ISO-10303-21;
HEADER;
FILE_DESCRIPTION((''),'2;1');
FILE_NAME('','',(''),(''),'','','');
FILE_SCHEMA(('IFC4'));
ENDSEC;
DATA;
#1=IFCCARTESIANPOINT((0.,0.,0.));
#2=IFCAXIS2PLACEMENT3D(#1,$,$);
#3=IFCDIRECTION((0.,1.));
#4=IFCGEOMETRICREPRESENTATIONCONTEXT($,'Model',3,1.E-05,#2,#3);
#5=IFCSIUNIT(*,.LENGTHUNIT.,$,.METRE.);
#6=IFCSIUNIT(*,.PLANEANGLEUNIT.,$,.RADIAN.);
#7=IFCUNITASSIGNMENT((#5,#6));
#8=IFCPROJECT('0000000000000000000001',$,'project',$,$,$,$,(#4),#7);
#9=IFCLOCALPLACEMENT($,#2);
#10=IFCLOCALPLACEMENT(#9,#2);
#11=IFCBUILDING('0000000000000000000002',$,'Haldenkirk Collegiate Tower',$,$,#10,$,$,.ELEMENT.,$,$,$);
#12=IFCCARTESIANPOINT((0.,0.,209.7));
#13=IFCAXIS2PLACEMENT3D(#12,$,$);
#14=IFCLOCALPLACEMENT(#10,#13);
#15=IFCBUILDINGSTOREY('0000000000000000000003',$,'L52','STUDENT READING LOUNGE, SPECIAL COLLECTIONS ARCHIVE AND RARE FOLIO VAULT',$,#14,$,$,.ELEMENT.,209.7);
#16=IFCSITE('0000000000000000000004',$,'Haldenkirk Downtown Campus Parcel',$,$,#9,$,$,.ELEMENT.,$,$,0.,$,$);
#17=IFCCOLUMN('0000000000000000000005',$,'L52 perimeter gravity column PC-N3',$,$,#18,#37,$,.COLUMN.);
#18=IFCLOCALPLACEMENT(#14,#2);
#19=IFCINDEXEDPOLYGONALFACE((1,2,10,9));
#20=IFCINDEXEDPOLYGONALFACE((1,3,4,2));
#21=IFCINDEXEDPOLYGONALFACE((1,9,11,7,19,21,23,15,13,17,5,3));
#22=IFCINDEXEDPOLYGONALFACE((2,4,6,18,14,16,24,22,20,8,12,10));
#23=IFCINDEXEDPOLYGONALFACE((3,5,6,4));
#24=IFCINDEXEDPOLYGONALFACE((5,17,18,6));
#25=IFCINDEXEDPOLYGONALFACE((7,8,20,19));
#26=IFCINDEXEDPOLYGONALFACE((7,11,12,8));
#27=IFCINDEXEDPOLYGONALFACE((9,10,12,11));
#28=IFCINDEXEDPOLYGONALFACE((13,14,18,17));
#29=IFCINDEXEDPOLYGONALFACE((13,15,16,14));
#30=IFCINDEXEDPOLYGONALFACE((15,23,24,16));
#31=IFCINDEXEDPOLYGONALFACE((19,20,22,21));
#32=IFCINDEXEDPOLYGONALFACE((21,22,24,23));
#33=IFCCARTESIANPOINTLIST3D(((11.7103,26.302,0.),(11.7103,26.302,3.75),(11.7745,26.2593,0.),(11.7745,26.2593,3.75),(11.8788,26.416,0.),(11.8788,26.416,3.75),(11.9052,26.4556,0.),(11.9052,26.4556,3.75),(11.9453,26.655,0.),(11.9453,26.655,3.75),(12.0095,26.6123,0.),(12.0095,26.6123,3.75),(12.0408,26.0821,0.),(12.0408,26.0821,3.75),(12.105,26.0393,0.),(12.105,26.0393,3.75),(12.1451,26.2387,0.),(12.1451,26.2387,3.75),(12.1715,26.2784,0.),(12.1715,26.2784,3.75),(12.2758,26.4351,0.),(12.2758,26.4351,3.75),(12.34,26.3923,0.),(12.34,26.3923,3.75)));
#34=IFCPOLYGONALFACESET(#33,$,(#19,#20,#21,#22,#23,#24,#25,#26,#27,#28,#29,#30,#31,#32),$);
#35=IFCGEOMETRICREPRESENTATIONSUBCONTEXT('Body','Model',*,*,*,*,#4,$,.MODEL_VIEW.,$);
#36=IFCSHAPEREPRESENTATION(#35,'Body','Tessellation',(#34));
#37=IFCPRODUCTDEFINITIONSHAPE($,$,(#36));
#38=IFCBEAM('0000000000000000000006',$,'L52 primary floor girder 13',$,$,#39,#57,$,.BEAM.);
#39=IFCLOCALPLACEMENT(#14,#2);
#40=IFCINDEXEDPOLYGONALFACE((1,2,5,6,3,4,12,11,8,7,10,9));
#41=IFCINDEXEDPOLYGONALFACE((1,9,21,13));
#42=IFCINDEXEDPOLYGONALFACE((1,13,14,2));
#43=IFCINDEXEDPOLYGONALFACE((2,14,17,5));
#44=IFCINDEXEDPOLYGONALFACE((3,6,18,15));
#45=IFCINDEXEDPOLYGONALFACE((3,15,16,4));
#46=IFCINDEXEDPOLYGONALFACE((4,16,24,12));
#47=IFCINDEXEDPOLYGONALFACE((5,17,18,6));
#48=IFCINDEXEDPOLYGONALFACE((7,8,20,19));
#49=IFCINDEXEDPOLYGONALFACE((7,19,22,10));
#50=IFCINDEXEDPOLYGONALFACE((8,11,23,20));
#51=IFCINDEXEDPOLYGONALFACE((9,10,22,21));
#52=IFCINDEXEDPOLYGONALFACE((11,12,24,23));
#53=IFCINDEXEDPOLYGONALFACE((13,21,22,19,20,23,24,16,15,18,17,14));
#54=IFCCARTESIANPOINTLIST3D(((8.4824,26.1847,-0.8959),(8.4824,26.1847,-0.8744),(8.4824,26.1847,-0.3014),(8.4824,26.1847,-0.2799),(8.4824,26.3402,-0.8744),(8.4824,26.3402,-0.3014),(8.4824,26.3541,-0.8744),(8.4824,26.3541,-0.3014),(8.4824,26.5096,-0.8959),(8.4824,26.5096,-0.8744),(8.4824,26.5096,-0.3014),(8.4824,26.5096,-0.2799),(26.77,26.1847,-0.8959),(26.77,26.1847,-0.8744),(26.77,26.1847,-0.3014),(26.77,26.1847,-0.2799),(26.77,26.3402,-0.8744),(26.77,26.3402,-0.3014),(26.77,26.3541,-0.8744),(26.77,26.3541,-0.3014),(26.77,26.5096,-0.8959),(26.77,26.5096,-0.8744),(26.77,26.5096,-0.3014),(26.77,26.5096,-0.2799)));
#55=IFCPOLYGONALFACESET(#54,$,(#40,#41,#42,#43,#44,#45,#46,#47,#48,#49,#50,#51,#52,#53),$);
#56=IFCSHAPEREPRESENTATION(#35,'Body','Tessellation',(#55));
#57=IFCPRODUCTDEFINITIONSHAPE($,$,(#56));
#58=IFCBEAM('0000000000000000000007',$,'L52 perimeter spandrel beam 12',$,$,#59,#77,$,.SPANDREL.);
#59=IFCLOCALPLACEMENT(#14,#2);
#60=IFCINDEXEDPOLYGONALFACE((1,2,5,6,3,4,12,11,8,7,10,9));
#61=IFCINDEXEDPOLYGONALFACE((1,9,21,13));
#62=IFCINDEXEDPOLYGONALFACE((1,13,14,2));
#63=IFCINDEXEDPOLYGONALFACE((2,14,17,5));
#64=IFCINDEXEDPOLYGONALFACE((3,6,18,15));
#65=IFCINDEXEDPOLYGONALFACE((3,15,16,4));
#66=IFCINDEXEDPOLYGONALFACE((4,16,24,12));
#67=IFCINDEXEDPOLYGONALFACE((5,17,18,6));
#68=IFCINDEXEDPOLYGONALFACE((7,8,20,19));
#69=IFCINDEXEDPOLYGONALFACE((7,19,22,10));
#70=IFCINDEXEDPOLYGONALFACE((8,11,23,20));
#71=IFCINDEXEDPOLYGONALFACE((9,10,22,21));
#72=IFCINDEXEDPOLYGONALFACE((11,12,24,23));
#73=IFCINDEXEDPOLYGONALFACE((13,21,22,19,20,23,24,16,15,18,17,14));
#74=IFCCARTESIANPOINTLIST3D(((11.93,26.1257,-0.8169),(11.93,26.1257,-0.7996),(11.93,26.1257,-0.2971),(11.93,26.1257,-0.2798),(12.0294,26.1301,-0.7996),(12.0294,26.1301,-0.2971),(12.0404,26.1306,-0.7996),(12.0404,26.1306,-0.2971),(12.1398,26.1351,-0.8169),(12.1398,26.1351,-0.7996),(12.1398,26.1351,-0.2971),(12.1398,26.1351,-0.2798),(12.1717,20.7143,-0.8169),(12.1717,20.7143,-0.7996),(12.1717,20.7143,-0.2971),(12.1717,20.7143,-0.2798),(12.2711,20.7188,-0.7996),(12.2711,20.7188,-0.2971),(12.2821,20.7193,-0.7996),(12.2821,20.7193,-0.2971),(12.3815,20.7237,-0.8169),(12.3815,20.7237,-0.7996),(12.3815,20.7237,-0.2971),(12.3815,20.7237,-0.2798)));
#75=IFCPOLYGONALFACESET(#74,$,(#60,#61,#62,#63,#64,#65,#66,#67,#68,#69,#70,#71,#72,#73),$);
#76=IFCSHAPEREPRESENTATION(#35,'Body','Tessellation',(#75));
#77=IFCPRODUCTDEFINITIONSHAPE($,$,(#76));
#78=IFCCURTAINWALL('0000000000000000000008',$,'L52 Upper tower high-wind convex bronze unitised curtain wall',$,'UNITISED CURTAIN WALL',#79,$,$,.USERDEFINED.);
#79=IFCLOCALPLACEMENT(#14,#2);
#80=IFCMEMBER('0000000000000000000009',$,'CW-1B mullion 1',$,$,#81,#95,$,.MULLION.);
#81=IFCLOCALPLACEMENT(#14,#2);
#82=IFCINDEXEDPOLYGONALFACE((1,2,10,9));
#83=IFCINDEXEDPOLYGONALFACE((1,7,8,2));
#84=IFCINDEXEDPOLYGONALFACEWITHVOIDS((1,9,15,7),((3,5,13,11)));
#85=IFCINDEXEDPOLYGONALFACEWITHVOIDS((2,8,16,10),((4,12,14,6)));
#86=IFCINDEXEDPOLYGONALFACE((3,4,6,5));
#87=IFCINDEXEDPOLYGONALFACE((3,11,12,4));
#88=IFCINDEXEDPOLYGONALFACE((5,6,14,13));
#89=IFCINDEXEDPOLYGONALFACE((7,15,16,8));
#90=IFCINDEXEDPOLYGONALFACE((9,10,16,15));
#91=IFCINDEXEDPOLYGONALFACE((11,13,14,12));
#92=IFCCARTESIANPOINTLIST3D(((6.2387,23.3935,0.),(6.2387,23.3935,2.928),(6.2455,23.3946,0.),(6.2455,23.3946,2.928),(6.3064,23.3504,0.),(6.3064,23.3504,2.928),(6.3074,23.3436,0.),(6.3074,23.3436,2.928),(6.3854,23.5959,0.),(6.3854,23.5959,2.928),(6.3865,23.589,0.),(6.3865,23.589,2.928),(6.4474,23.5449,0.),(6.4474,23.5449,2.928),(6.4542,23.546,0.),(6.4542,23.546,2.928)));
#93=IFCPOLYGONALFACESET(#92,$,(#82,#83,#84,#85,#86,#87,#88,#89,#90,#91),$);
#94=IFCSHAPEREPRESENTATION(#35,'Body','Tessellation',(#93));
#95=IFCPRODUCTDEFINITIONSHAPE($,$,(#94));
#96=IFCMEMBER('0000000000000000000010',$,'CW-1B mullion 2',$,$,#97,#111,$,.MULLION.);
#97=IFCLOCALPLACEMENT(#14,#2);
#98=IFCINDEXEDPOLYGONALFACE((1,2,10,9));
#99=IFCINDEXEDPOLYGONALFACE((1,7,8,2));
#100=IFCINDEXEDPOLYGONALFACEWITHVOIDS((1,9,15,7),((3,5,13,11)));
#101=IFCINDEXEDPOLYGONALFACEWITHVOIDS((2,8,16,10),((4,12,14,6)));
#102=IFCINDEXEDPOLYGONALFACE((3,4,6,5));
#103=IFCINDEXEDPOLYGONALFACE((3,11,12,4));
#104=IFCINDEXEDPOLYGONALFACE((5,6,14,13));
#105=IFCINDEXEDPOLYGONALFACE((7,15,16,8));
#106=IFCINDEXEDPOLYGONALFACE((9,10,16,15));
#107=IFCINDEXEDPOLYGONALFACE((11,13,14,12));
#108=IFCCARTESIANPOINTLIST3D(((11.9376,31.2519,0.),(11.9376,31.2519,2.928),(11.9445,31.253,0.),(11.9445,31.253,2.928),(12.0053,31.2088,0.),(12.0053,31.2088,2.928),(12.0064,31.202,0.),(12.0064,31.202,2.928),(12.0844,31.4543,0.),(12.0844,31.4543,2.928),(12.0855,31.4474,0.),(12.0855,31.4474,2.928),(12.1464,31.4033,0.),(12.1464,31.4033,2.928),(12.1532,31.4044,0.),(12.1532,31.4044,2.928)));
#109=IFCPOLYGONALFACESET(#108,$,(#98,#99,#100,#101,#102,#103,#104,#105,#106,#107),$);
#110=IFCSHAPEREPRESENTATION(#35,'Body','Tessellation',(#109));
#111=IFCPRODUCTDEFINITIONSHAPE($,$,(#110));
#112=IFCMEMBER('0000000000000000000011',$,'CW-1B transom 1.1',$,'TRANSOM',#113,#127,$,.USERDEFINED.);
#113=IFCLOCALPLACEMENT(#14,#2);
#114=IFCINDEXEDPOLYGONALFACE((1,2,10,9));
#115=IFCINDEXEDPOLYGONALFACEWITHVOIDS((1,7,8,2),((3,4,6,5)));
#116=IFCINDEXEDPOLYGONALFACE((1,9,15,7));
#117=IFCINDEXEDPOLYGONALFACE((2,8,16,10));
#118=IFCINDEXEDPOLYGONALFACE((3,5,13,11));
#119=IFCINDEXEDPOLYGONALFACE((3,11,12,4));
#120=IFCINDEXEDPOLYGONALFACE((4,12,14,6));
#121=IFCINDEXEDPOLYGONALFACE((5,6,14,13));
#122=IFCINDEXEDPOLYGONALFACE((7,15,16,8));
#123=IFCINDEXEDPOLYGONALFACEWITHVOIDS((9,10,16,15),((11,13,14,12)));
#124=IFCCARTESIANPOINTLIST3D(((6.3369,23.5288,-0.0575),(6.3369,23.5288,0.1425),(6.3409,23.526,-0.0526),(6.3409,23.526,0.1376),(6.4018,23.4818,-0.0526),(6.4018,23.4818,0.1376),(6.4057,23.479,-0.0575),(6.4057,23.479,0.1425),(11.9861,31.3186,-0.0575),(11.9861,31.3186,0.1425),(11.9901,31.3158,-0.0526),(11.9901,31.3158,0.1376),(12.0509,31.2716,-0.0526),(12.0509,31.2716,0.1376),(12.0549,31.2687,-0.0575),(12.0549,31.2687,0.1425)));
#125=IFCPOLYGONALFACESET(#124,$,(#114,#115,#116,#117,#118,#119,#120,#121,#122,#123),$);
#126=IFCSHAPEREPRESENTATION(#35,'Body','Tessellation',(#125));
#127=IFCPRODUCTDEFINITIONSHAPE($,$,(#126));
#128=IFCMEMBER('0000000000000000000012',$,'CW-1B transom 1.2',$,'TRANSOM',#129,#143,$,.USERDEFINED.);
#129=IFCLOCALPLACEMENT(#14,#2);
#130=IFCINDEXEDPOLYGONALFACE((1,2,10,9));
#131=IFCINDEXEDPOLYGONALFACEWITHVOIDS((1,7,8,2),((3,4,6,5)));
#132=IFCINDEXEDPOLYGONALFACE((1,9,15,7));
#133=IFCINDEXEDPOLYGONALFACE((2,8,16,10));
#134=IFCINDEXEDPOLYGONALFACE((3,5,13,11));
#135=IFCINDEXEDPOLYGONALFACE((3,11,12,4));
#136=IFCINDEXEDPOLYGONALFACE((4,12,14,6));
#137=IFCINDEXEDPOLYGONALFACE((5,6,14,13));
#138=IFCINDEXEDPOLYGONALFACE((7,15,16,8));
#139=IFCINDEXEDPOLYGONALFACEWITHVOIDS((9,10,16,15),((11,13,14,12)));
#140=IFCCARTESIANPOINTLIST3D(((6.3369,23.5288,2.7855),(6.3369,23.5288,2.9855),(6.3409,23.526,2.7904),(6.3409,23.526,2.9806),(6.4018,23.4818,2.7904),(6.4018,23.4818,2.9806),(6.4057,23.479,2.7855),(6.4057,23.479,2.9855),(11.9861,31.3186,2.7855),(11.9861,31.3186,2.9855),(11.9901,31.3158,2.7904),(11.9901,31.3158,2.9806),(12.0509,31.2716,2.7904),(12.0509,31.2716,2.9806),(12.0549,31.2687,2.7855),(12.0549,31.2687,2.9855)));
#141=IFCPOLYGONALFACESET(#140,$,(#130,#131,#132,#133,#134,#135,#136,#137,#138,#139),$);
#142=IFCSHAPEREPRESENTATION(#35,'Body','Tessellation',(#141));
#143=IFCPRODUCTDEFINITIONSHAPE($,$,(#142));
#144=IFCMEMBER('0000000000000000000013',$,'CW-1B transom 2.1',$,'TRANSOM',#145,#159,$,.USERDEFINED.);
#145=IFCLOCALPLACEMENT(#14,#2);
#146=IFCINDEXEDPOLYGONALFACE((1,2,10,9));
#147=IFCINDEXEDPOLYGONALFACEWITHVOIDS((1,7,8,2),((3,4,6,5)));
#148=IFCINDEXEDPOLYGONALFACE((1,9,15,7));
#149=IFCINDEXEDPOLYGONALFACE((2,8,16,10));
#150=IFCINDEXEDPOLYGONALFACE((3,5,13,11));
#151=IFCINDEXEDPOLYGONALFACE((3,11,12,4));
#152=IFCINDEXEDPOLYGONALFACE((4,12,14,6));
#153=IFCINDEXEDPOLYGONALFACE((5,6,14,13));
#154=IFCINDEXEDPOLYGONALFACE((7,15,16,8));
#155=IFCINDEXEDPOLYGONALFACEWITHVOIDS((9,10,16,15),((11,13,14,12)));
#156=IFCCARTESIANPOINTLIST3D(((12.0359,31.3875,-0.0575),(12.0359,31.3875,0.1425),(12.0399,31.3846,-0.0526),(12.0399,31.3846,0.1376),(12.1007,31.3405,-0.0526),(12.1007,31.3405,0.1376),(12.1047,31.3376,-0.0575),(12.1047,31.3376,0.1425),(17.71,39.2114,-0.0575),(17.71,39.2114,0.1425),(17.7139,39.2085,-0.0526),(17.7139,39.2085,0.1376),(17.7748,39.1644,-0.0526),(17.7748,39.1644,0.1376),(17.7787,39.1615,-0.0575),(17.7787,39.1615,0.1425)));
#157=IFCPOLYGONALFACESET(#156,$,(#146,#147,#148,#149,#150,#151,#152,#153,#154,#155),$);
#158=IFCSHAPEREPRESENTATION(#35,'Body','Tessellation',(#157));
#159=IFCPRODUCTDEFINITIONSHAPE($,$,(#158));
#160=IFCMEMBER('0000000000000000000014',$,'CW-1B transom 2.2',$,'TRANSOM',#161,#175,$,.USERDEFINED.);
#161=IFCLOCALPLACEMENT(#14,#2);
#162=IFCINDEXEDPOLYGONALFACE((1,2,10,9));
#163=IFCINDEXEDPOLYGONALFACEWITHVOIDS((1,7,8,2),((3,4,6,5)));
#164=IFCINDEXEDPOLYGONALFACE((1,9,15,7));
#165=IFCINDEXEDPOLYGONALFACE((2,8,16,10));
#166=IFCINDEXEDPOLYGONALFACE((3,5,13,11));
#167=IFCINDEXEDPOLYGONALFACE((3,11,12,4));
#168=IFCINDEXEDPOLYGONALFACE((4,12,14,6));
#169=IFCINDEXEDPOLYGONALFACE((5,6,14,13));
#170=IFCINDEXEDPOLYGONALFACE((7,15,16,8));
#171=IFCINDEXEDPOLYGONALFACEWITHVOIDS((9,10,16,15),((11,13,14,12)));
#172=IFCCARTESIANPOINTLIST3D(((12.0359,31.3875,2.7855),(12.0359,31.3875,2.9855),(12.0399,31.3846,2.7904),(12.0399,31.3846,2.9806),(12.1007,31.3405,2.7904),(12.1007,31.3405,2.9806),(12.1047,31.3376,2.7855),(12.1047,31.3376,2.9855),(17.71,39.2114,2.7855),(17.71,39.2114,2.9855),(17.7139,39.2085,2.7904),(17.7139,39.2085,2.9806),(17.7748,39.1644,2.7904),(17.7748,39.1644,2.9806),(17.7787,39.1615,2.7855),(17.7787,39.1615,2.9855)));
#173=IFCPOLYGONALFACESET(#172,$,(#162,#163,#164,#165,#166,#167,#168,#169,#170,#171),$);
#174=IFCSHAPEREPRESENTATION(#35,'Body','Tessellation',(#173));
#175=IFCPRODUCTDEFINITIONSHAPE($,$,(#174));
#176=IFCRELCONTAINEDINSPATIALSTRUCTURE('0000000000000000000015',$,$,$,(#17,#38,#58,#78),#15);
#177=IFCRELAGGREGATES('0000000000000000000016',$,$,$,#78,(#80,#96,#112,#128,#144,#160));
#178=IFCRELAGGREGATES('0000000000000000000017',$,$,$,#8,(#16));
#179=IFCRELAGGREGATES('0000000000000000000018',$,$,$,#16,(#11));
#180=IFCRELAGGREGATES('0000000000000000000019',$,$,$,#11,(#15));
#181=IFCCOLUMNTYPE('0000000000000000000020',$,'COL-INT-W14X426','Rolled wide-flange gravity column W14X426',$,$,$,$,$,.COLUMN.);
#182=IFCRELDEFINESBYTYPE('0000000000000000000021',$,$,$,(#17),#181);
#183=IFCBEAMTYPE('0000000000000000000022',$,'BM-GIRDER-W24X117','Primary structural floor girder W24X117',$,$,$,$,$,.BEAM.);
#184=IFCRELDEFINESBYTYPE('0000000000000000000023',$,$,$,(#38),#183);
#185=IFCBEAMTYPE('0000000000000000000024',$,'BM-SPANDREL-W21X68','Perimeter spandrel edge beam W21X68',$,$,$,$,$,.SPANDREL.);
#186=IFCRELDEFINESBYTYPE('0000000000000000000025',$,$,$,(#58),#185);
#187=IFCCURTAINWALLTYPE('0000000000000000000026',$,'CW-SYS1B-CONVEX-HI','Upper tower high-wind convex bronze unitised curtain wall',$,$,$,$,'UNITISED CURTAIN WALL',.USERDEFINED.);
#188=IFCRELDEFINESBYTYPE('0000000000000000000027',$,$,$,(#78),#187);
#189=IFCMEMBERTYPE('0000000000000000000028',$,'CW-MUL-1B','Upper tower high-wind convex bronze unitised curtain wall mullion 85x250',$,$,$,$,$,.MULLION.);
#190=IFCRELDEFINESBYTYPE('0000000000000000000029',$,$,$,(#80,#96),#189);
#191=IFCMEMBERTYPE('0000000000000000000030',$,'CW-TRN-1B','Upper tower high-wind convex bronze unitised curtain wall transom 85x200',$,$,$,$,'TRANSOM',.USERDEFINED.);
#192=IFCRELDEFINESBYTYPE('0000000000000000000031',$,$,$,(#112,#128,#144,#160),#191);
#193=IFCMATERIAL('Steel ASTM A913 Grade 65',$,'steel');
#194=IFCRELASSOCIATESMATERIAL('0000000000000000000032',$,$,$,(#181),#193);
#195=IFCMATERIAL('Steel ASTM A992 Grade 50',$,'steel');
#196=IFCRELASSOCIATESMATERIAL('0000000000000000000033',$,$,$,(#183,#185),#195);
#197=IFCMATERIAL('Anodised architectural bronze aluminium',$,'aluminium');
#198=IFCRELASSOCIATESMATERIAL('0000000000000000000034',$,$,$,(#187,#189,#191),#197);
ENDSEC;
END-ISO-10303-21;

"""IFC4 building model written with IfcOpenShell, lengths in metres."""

from ifc_helpers import new_model, si_unit, direction, frame, origin, origin_2d, place, context, subcontext, project, spatial, hollow_rectangle, i_section, extrude, material, material_profile, profile_set, type_object, element, aggregate, save


model = new_model("IFC4")

# Units and contexts
model_context = context("Model", 3, precision=1e-05, world=origin(), true_north=direction((0.0, 1.0)))
body_context = subcontext(model_context, "Body", "Model", "MODEL_VIEW")
ifc_project = project(units=[si_unit("LENGTHUNIT", "METRE"), si_unit("PLANEANGLEUNIT", "RADIAN")], contexts=[model_context])

# Site, building, storey
site_placement = place(None, origin())
site = spatial("IfcSite", under=ifc_project, at=site_placement, Name="Haldenkirk Downtown Campus Parcel", CompositionType="ELEMENT", RefElevation=0.0)
building_placement = place(site_placement, origin())
building = spatial("IfcBuilding", under=site, at=building_placement, Name="Haldenkirk Collegiate Tower", CompositionType="ELEMENT")
storey_placement = place(building_placement, frame((0.0, 0.0, 209.7)))
storey = spatial("IfcBuildingStorey", under=building, at=storey_placement, Name="L52", Description="STUDENT READING LOUNGE, SPECIAL COLLECTIONS ARCHIVE AND RARE FOLIO VAULT", CompositionType="ELEMENT", Elevation=209.7)

# Column
ifc_material_1 = material(Name="Steel ASTM A913 Grade 65", Category="steel")
ifc_material_profile_1 = material_profile(ifc_material_1, i_section(OverallWidth=0.4241, OverallDepth=0.4741, WebThickness=0.0476, FlangeThickness=0.0771, at=origin_2d()), Name="W14X426")
ifc_profile_set_1 = profile_set([ifc_material_profile_1], Name="Steel ASTM A913 Grade 65")
column_type = type_object("IfcColumnType", Name="COL-INT-W14X426", Description="Rolled wide-flange gravity column W14X426", PredefinedType="COLUMN", material=ifc_profile_set_1)
column_placement = place(storey_placement, frame((12.0251, 26.3472, 0.0), z_axis=(0.0, 0.0, 1.0), x_axis=(0.554118, 0.832438, 0.0)))
element("IfcColumn", 1, at=column_placement, inside=storey, type_object=column_type, Name="L52 perimeter gravity column PC-N3", PredefinedType="COLUMN", context=body_context, shape_type="SweptSolid", body=[
    extrude(i_section(OverallWidth=0.4241, OverallDepth=0.4741, WebThickness=0.0476, FlangeThickness=0.0771, at=origin_2d()), origin(), (0.0, 0.0, 1.0), 3.75),
])

# Beams
ifc_material_2 = material(Name="Steel ASTM A992 Grade 50", Category="steel")
ifc_material_profile_2 = material_profile(ifc_material_2, i_section(OverallWidth=0.325, OverallDepth=0.616, WebThickness=0.0139, FlangeThickness=0.0215, at=origin_2d()), Name="W24X117")
ifc_profile_set_2 = profile_set([ifc_material_profile_2], Name="Steel ASTM A992 Grade 50")
beam_type_1 = type_object("IfcBeamType", Name="BM-GIRDER-W24X117", Description="Primary structural floor girder W24X117", PredefinedType="BEAM", material=ifc_profile_set_2)
beam_1_placement = place(storey_placement, frame((8.4824, 26.3472, -0.5879), z_axis=(1.0, 0.0, 0.0), x_axis=(0.0, 1.0, 0.0)))
element("IfcBeam", 2, at=beam_1_placement, inside=storey, type_object=beam_type_1, Name="L52 primary floor girder 13", PredefinedType="BEAM", context=body_context, shape_type="SweptSolid", body=[
    extrude(i_section(OverallWidth=0.325, OverallDepth=0.616, WebThickness=0.0139, FlangeThickness=0.0215, at=origin_2d()), origin(), (0.0, 0.0, 1.0), 18.2876),
])
ifc_material_profile_3 = material_profile(ifc_material_2, i_section(OverallWidth=0.21, OverallDepth=0.5371, WebThickness=0.011, FlangeThickness=0.0173, at=origin_2d()), Name="W21X68")
ifc_profile_set_3 = profile_set([ifc_material_profile_3], Name="Steel ASTM A992 Grade 50")
beam_type_2 = type_object("IfcBeamType", Name="BM-SPANDREL-W21X68", Description="Perimeter spandrel edge beam W21X68", PredefinedType="SPANDREL", material=ifc_profile_set_3)
beam_2_placement = place(storey_placement, frame((12.0349, 26.1304, -0.5483), z_axis=(0.044621, -0.999004, 0.0), x_axis=(0.999004, 0.044621, 0.0)))
element("IfcBeam", 3, at=beam_2_placement, inside=storey, type_object=beam_type_2, Name="L52 perimeter spandrel beam 12", PredefinedType="SPANDREL", context=body_context, shape_type="SweptSolid", body=[
    extrude(i_section(OverallWidth=0.21, OverallDepth=0.5371, WebThickness=0.011, FlangeThickness=0.0173, at=origin_2d()), origin(), (0.0, 0.0, 1.0), 5.4167),
])

# Curtain wall, members
ifc_material_3 = material(Name="Anodised architectural bronze aluminium", Category="aluminium")
curtain_wall_type = type_object("IfcCurtainWallType", Name="CW-SYS1B-CONVEX-HI", Description="Upper tower high-wind convex bronze unitised curtain wall", ElementType="UNITISED CURTAIN WALL", PredefinedType="USERDEFINED", material=ifc_material_3)
curtain_wall_placement = place(storey_placement, origin())
curtain_wall = element("IfcCurtainWall", 4, at=curtain_wall_placement, inside=storey, type_object=curtain_wall_type, Name="L52 Upper tower high-wind convex bronze unitised curtain wall", ObjectType="UNITISED CURTAIN WALL", PredefinedType="USERDEFINED")
ifc_material_profile_4 = material_profile(ifc_material_3, hollow_rectangle(XDim=0.085, YDim=0.25, WallThickness=0.0049, at=origin_2d()), Name="CW-MUL-1B")
ifc_profile_set_4 = profile_set([ifc_material_profile_4], Name="Anodised architectural bronze aluminium")
member_type_1 = type_object("IfcMemberType", Name="CW-MUL-1B", Description="Upper tower high-wind convex bronze unitised curtain wall mullion 85x250", PredefinedType="MULLION", material=ifc_profile_set_4)
member_1_placement = place(storey_placement, frame((6.3464, 23.4697, 0.0), z_axis=(0.0, 0.0, 1.0), x_axis=(-0.80953, 0.587078, 0.0)))
member_1 = element("IfcMember", 5, at=member_1_placement, type_object=member_type_1, Name="CW-1B mullion 1", PredefinedType="MULLION", context=body_context, shape_type="SweptSolid", body=[
    extrude(hollow_rectangle(XDim=0.085, YDim=0.25, WallThickness=0.0049, at=origin_2d()), origin(), (0.0, 0.0, 1.0), 2.928),
])
member_2_placement = place(storey_placement, frame((12.0454, 31.3281, 0.0), z_axis=(0.0, 0.0, 1.0), x_axis=(-0.80953, 0.587078, 0.0)))
member_2 = element("IfcMember", 6, at=member_2_placement, type_object=member_type_1, Name="CW-1B mullion 2", PredefinedType="MULLION", context=body_context, shape_type="SweptSolid", body=[
    extrude(hollow_rectangle(XDim=0.085, YDim=0.25, WallThickness=0.0049, at=origin_2d()), origin(), (0.0, 0.0, 1.0), 2.928),
])
ifc_material_profile_5 = material_profile(ifc_material_3, hollow_rectangle(XDim=0.085, YDim=0.2, WallThickness=0.0049, at=origin_2d()), Name="CW-TRN-1B")
ifc_profile_set_5 = profile_set([ifc_material_profile_5], Name="Anodised architectural bronze aluminium")
member_type_2 = type_object("IfcMemberType", Name="CW-TRN-1B", Description="Upper tower high-wind convex bronze unitised curtain wall transom 85x200", ElementType="TRANSOM", PredefinedType="USERDEFINED", material=ifc_profile_set_5)
member_3_placement = place(storey_placement, frame((6.3713, 23.5039, 0.0425), z_axis=(0.587074, 0.809533, 0.0), x_axis=(-0.809533, 0.587074, 0.0)))
member_3 = element("IfcMember", 7, at=member_3_placement, type_object=member_type_2, Name="CW-1B transom 1.1", ObjectType="TRANSOM", PredefinedType="USERDEFINED", context=body_context, shape_type="SweptSolid", body=[
    extrude(hollow_rectangle(XDim=0.085, YDim=0.2, WallThickness=0.0049, at=origin_2d()), origin(), (0.0, 0.0, 1.0), 9.6226),
])
member_4_placement = place(storey_placement, frame((6.3713, 23.5039, 2.8855), z_axis=(0.587074, 0.809533, 0.0), x_axis=(-0.809533, 0.587074, 0.0)))
member_4 = element("IfcMember", 8, at=member_4_placement, type_object=member_type_2, Name="CW-1B transom 1.2", ObjectType="TRANSOM", PredefinedType="USERDEFINED", context=body_context, shape_type="SweptSolid", body=[
    extrude(hollow_rectangle(XDim=0.085, YDim=0.2, WallThickness=0.0049, at=origin_2d()), origin(), (0.0, 0.0, 1.0), 9.6226),
])
member_5_placement = place(storey_placement, frame((12.0703, 31.3625, 0.0425), z_axis=(0.587082, 0.809527, 0.0), x_axis=(-0.809527, 0.587082, 0.0)))
member_5 = element("IfcMember", 9, at=member_5_placement, type_object=member_type_2, Name="CW-1B transom 2.1", ObjectType="TRANSOM", PredefinedType="USERDEFINED", context=body_context, shape_type="SweptSolid", body=[
    extrude(hollow_rectangle(XDim=0.085, YDim=0.2, WallThickness=0.0049, at=origin_2d()), origin(), (0.0, 0.0, 1.0), 9.6648),
])
member_6_placement = place(storey_placement, frame((12.0703, 31.3625, 2.8855), z_axis=(0.587082, 0.809527, 0.0), x_axis=(-0.809527, 0.587082, 0.0)))
member_6 = element("IfcMember", 10, at=member_6_placement, type_object=member_type_2, Name="CW-1B transom 2.2", ObjectType="TRANSOM", PredefinedType="USERDEFINED", context=body_context, shape_type="SweptSolid", body=[
    extrude(hollow_rectangle(XDim=0.085, YDim=0.2, WallThickness=0.0049, at=origin_2d()), origin(), (0.0, 0.0, 1.0), 9.6648),
])
aggregate(curtain_wall, [member_1, member_2, member_3, member_4, member_5, member_6])

save(model, "model.ifc")
